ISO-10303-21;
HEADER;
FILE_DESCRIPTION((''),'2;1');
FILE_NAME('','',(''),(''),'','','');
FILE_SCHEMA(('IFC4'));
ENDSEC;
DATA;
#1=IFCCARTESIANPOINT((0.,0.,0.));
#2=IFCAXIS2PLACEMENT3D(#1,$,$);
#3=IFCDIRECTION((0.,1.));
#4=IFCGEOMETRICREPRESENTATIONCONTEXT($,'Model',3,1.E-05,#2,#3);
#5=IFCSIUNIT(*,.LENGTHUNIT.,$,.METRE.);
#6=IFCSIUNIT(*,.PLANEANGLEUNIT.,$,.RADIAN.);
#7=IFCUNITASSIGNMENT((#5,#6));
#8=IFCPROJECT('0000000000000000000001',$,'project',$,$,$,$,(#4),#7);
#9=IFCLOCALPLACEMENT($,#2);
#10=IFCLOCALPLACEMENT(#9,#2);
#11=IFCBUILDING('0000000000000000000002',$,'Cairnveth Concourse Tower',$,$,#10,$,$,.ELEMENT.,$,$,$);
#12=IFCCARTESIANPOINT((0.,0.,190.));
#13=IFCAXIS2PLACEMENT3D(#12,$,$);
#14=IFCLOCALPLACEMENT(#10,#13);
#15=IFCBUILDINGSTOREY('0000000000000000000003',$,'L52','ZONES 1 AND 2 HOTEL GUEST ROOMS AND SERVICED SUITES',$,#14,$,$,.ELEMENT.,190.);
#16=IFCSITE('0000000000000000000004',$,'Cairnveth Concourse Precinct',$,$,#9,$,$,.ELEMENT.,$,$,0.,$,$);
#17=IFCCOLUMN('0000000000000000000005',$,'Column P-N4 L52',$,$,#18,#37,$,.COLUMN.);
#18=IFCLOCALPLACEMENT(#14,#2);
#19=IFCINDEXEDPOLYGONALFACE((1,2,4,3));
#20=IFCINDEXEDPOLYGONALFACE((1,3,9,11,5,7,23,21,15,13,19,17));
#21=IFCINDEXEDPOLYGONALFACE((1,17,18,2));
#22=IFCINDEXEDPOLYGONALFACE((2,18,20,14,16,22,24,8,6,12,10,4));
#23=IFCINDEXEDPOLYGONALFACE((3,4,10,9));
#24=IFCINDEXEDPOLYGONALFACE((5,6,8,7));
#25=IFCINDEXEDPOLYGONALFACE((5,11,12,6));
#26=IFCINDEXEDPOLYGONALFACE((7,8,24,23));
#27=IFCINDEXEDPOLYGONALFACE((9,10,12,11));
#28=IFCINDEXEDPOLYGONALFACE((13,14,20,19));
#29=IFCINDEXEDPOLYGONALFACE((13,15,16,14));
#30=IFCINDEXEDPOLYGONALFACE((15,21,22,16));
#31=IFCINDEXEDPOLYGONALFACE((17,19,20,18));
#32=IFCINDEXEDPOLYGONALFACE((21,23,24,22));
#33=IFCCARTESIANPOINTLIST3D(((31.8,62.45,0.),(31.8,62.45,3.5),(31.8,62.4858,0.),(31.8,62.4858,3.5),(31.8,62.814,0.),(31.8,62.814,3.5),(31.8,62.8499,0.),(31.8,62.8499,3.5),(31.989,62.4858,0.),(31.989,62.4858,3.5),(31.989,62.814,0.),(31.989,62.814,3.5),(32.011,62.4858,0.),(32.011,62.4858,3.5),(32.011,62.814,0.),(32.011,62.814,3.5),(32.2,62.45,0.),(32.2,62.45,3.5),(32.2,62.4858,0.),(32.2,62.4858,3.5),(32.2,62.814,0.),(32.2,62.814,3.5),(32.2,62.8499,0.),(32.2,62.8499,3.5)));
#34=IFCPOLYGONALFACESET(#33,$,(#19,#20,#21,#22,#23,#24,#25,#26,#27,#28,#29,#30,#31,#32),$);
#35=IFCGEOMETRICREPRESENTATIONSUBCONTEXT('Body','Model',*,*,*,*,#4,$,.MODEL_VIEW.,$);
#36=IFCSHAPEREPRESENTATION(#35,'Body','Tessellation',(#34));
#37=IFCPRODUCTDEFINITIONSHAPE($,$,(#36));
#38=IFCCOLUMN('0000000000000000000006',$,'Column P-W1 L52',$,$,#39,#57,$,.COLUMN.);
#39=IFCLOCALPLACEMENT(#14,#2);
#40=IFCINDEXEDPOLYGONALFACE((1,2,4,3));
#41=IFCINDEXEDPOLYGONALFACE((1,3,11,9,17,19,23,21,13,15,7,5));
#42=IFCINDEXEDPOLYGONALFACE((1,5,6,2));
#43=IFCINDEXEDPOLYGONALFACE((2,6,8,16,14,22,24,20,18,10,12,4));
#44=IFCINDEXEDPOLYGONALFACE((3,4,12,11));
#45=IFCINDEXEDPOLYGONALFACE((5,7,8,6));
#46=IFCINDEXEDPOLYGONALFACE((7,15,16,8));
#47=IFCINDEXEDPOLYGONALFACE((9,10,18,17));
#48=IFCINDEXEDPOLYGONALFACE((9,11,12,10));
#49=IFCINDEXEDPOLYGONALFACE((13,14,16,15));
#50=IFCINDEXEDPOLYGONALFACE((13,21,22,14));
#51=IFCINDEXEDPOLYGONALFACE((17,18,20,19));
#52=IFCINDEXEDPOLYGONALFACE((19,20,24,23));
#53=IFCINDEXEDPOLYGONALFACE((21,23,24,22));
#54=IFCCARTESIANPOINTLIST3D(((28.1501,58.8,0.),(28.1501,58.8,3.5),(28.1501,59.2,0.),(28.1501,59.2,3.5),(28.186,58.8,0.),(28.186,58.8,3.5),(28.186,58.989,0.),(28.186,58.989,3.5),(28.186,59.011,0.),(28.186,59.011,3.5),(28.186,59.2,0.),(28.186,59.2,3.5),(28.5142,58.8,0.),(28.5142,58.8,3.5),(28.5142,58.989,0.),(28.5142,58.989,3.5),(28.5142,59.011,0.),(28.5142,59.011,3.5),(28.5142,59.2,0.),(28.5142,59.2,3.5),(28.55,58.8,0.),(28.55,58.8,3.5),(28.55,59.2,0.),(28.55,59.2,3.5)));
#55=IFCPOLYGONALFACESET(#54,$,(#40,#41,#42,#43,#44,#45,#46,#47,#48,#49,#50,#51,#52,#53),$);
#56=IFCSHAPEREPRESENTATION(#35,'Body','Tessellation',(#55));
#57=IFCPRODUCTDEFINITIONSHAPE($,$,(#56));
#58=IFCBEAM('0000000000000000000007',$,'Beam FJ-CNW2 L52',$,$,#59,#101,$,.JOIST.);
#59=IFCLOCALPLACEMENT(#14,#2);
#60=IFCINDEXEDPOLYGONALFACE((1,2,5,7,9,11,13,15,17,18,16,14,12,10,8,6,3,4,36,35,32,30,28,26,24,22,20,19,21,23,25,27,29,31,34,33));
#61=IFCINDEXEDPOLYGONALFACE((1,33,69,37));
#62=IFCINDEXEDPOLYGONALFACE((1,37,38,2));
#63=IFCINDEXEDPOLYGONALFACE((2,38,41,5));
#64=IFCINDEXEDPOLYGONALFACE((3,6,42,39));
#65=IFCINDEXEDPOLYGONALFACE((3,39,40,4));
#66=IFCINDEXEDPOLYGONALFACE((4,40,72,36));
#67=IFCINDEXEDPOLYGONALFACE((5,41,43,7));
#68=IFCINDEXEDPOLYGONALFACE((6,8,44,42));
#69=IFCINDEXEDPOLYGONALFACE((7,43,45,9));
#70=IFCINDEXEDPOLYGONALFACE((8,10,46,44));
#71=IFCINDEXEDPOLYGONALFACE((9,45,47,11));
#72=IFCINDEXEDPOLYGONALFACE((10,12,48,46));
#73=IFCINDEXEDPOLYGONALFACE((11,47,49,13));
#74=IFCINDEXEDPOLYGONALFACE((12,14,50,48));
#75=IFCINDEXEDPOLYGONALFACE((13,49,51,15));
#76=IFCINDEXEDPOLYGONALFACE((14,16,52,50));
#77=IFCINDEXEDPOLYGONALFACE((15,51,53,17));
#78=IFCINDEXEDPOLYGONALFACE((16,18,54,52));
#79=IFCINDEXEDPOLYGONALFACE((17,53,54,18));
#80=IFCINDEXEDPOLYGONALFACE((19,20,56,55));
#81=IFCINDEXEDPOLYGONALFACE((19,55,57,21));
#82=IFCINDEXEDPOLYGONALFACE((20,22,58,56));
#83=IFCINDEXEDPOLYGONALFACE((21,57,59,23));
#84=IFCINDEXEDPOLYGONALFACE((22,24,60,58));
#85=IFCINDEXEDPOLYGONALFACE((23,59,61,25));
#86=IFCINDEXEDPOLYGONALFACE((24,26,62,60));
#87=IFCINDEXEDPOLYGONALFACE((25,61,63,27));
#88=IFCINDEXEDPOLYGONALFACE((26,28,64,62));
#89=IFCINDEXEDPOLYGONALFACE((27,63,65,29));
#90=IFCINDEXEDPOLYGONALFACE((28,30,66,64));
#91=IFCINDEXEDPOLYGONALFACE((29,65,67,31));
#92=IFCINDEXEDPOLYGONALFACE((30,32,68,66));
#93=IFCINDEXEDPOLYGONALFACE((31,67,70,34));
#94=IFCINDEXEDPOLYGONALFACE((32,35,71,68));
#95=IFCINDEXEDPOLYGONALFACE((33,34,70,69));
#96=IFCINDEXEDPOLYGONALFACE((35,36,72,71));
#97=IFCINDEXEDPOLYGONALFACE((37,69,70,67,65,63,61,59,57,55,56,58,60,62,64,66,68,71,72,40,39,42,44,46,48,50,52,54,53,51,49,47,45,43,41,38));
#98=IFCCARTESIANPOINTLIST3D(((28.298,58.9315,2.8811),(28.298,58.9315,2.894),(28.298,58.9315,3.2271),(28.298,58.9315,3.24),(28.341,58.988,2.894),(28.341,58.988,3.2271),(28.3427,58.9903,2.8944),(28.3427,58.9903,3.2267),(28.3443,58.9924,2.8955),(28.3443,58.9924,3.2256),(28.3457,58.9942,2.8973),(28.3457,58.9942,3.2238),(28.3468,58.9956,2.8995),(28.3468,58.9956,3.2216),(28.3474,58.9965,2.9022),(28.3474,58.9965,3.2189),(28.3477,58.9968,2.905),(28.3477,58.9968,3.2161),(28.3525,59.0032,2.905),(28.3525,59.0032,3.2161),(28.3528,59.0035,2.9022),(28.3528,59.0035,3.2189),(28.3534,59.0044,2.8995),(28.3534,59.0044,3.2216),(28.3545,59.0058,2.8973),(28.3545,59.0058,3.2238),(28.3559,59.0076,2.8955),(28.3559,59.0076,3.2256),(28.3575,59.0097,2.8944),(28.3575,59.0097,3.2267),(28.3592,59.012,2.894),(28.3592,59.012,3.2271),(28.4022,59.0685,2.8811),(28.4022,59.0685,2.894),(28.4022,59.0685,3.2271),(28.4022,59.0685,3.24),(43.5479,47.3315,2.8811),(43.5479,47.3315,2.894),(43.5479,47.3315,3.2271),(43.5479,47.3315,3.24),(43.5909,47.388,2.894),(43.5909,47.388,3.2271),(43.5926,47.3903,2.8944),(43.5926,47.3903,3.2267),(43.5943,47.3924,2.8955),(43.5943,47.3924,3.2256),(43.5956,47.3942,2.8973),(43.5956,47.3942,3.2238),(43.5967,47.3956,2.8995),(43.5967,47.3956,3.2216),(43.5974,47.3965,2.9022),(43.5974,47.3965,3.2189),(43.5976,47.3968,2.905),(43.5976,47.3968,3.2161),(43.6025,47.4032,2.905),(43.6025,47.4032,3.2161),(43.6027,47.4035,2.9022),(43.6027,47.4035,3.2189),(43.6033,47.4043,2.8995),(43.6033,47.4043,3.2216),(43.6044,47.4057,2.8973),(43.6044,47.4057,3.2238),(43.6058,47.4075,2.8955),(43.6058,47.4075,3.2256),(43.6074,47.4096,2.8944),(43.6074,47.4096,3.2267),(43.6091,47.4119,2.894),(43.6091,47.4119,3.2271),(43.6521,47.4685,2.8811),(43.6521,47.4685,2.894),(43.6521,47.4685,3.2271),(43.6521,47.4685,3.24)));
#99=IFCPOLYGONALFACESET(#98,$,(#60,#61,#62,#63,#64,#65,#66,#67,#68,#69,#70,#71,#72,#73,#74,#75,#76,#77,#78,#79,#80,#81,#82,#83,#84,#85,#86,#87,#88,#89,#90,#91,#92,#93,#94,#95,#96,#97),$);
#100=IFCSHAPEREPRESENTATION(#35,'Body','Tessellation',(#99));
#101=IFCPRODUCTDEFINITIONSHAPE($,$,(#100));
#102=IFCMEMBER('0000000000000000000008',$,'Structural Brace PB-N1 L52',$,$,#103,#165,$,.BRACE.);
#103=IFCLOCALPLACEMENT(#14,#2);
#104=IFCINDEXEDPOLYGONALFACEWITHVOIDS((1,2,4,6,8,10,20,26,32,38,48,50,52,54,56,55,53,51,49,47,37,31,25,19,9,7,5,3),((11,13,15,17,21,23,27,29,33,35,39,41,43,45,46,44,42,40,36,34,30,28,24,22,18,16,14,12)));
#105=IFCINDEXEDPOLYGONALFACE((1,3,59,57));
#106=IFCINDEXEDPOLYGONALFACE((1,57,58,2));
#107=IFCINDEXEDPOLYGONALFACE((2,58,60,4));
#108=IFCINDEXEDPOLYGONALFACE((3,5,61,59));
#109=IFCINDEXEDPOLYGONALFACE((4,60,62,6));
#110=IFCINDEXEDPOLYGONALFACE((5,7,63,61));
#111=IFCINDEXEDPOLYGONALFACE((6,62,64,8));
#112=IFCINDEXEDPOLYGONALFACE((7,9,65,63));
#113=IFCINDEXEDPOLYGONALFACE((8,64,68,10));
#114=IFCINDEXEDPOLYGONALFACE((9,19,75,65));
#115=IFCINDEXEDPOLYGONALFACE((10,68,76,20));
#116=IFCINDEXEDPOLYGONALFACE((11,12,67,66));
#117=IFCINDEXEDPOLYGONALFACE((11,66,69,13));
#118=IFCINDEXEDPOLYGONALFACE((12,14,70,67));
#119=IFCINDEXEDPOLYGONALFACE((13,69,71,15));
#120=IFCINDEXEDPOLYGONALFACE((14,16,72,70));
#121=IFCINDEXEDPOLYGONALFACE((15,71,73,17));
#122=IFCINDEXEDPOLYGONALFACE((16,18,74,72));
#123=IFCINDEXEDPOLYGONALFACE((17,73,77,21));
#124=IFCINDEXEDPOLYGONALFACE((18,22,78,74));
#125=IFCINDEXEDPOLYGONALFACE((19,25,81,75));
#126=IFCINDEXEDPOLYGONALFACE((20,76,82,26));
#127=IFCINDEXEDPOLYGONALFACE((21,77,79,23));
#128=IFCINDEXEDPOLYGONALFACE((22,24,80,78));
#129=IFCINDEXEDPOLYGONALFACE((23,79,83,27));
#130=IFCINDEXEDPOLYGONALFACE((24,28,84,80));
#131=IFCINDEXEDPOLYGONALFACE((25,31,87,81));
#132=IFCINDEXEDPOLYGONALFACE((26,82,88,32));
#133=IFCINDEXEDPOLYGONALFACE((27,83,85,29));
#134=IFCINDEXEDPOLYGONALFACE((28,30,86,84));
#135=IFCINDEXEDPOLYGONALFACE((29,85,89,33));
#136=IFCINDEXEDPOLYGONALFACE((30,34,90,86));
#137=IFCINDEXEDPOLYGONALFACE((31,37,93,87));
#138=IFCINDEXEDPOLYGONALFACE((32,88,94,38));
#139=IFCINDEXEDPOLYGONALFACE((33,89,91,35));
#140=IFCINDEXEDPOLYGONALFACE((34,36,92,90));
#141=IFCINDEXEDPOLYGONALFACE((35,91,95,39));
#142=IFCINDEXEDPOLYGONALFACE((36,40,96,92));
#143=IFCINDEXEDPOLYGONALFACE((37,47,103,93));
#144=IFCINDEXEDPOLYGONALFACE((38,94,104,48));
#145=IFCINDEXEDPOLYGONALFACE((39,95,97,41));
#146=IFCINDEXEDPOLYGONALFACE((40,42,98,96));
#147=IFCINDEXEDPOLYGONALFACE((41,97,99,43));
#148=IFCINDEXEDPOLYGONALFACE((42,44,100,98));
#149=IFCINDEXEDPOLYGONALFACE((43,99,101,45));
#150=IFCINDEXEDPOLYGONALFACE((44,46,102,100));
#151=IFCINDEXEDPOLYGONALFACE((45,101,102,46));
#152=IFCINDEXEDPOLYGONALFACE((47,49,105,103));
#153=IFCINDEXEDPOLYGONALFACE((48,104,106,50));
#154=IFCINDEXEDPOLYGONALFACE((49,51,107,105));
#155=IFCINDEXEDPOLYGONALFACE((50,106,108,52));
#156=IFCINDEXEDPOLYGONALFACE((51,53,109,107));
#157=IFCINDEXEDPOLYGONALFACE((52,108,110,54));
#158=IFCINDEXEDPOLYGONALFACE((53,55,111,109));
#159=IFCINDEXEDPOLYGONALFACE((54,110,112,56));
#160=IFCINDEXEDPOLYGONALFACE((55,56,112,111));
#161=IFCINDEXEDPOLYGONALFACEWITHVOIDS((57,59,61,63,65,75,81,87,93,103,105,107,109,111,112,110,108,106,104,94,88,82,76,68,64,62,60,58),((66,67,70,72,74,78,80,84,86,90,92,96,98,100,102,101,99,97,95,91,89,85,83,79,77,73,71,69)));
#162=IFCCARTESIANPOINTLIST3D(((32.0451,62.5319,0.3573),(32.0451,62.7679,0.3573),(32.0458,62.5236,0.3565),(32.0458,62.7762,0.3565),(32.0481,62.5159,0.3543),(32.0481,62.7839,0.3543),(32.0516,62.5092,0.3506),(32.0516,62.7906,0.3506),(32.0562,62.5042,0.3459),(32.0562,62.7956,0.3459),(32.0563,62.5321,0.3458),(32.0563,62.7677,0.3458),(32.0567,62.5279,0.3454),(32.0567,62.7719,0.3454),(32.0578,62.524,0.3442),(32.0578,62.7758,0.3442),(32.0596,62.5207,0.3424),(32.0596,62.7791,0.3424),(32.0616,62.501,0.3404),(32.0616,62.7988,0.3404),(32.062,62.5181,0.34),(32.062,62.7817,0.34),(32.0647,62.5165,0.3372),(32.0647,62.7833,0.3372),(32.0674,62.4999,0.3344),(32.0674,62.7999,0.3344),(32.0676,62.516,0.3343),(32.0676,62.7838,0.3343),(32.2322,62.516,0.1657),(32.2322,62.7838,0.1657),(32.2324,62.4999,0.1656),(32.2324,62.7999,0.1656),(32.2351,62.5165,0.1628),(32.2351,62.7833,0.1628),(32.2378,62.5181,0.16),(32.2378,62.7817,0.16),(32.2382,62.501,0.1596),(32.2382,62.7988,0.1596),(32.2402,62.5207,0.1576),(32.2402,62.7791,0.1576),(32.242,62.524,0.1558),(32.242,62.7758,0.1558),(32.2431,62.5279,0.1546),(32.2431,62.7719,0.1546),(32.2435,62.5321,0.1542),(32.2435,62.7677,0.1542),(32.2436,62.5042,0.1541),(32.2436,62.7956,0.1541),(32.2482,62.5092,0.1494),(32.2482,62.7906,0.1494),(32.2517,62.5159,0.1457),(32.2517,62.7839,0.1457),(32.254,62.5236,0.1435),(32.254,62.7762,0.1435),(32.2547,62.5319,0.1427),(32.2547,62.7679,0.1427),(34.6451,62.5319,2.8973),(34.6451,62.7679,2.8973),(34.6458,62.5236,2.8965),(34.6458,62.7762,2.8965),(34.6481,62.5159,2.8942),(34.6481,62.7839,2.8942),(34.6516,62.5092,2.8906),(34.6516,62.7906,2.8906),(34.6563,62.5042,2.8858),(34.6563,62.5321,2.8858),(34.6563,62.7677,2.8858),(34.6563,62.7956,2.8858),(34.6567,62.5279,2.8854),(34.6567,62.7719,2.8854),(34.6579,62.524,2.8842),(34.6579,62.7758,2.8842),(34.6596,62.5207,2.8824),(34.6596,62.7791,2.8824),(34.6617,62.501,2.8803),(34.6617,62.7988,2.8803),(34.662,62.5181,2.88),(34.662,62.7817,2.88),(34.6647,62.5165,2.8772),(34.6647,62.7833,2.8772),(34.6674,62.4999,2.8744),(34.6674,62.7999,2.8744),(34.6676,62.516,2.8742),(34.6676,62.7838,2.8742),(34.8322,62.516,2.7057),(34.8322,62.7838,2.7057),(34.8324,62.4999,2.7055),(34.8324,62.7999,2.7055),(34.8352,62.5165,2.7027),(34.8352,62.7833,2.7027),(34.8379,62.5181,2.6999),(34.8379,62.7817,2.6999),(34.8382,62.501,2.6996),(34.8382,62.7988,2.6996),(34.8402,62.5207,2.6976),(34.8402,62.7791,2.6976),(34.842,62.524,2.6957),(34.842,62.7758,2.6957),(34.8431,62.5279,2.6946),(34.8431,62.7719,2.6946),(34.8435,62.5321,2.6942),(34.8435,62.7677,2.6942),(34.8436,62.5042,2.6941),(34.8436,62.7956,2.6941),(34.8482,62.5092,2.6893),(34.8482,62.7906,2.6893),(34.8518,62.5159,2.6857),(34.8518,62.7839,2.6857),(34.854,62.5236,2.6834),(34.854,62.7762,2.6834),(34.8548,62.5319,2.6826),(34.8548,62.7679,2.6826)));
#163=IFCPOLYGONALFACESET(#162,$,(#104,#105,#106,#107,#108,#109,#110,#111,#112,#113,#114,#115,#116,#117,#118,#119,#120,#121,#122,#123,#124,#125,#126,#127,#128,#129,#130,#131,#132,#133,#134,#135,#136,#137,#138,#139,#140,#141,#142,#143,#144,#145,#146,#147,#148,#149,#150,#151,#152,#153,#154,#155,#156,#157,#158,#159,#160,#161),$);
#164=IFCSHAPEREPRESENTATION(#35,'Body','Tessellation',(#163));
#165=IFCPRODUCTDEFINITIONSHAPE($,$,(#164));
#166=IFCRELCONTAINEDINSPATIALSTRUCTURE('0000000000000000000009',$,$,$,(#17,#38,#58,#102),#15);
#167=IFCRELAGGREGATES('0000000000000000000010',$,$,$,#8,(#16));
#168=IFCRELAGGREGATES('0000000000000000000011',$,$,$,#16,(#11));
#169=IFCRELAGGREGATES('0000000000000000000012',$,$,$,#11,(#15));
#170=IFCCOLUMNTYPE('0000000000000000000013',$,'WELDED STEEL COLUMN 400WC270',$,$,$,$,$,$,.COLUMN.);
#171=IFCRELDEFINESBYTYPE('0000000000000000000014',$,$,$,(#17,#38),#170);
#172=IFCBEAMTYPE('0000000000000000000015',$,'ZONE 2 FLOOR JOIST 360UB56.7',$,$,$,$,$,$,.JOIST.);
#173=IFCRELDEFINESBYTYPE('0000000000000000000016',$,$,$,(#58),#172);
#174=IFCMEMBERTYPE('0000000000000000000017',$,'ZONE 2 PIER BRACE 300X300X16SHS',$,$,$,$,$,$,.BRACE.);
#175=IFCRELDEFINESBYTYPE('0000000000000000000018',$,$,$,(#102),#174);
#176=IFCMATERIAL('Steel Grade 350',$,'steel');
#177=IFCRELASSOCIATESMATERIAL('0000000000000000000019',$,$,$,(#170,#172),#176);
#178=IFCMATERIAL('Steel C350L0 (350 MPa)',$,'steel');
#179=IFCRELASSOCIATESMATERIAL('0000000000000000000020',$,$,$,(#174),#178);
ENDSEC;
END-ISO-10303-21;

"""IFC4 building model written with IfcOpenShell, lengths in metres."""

from ifc_helpers import new_model, si_unit, direction, frame, origin, origin_2d, place, context, subcontext, project, spatial, hollow_rectangle, i_section, extrude, material, material_profile, profile_set, type_object, element, save


model = new_model("IFC4")

# Units and contexts
model_context = context("Model", 3, precision=1e-05, world=origin(), true_north=direction((0.0, 1.0)))
body_context = subcontext(model_context, "Body", "Model", "MODEL_VIEW")
ifc_project = project(units=[si_unit("LENGTHUNIT", "METRE"), si_unit("PLANEANGLEUNIT", "RADIAN")], contexts=[model_context])

# Site, building, storey
site_placement = place(None, origin())
site = spatial("IfcSite", under=ifc_project, at=site_placement, Name="Cairnveth Concourse Precinct", CompositionType="ELEMENT", RefElevation=0.0)
building_placement = place(site_placement, origin())
building = spatial("IfcBuilding", under=site, at=building_placement, Name="Cairnveth Concourse Tower", CompositionType="ELEMENT")
storey_placement = place(building_placement, frame((0.0, 0.0, 190.0)))
storey = spatial("IfcBuildingStorey", under=building, at=storey_placement, Name="L52", Description="ZONES 1 AND 2 HOTEL GUEST ROOMS AND SERVICED SUITES", CompositionType="ELEMENT", Elevation=190.0)

# Columns
ifc_material_1 = material(Name="Steel Grade 350", Category="steel")
ifc_material_profile_1 = material_profile(ifc_material_1, i_section(OverallWidth=0.3999, OverallDepth=0.3999, WebThickness=0.022, FlangeThickness=0.0359, at=origin_2d()), Name="400WC270")
ifc_profile_set_1 = profile_set([ifc_material_profile_1], Name="Steel Grade 350")
column_type = type_object("IfcColumnType", Name="WELDED STEEL COLUMN 400WC270", PredefinedType="COLUMN", material=ifc_profile_set_1)
for number, where, z_axis, x_axis, name in (
    (1, (32.0, 62.6499, 0.0), (0.0, 0.0, 1.0), (1.0, 0.0, 0.0), "Column P-N4 L52"),
    (2, (28.3501, 59.0, 0.0), (0.0, 0.0, 1.0), (0.0, 1.0, 0.0), "Column P-W1 L52"),
):
    element("IfcColumn", number, at=place(storey_placement, frame(where, z_axis=z_axis, x_axis=x_axis)), inside=storey, type_object=column_type, Name=name, PredefinedType="COLUMN", context=body_context, shape_type="SweptSolid", body=[
        extrude(i_section(OverallWidth=0.3999, OverallDepth=0.3999, WebThickness=0.022, FlangeThickness=0.0359, at=origin_2d()), origin(), (0.0, 0.0, 1.0), 3.5),
    ])

# Beam
ifc_material_profile_2 = material_profile(ifc_material_1, i_section(OverallWidth=0.1721, OverallDepth=0.3589, WebThickness=0.0081, FlangeThickness=0.0129, FilletRadius=0.011, at=origin_2d()), Name="360UB56.7")
ifc_profile_set_2 = profile_set([ifc_material_profile_2], Name="Steel Grade 350")
beam_type_1 = type_object("IfcBeamType", Name="ZONE 2 FLOOR JOIST 360UB56.7", PredefinedType="JOIST", material=ifc_profile_set_2)
beam_1_placement = place(storey_placement, frame((28.3501, 59.0, 3.0605), z_axis=(0.795908, -0.605417, 0.0), x_axis=(0.605417, 0.795908, 0.0)))
element("IfcBeam", 3, at=beam_1_placement, inside=storey, type_object=beam_type_1, Name="Beam FJ-CNW2 L52", PredefinedType="JOIST", context=body_context, shape_type="SweptSolid", body=[
    extrude(i_section(OverallWidth=0.1721, OverallDepth=0.3589, WebThickness=0.0081, FlangeThickness=0.0129, FilletRadius=0.011, at=origin_2d()), origin(), (0.0, 0.0, 1.0), 19.1604),
])

# Member
ifc_material_2 = material(Name="Steel C350L0 (350 MPa)", Category="steel")
ifc_material_profile_3 = material_profile(ifc_material_2, hollow_rectangle(XDim=0.3, YDim=0.3, WallThickness=0.0161, InnerFilletRadius=0.0161, OuterFilletRadius=0.032, at=origin_2d()), Name="300x300x16.0SHS")
ifc_profile_set_3 = profile_set([ifc_material_profile_3], Name="Steel C350L0 (350 MPa)")
member_type = type_object("IfcMemberType", Name="ZONE 2 PIER BRACE 300X300X16SHS", PredefinedType="BRACE", material=ifc_profile_set_3)
for number, where, z_axis, x_axis, name in (
    (4, (32.1499, 62.6499, 0.25), (0.71532, 0.0, 0.698797), (0.0, 1.0, 0.0), "Structural Brace PB-N1 L52"),
):
    element("IfcMember", number, at=place(storey_placement, frame(where, z_axis=z_axis, x_axis=x_axis)), inside=storey, type_object=member_type, Name=name, PredefinedType="BRACE", context=body_context, shape_type="SweptSolid", body=[
        extrude(hollow_rectangle(XDim=0.3, YDim=0.3, WallThickness=0.0161, InnerFilletRadius=0.0161, OuterFilletRadius=0.032, at=origin_2d()), origin(), (0.0, 0.0, 1.0), 3.6348),
    ])

save(model, "model.ifc")
